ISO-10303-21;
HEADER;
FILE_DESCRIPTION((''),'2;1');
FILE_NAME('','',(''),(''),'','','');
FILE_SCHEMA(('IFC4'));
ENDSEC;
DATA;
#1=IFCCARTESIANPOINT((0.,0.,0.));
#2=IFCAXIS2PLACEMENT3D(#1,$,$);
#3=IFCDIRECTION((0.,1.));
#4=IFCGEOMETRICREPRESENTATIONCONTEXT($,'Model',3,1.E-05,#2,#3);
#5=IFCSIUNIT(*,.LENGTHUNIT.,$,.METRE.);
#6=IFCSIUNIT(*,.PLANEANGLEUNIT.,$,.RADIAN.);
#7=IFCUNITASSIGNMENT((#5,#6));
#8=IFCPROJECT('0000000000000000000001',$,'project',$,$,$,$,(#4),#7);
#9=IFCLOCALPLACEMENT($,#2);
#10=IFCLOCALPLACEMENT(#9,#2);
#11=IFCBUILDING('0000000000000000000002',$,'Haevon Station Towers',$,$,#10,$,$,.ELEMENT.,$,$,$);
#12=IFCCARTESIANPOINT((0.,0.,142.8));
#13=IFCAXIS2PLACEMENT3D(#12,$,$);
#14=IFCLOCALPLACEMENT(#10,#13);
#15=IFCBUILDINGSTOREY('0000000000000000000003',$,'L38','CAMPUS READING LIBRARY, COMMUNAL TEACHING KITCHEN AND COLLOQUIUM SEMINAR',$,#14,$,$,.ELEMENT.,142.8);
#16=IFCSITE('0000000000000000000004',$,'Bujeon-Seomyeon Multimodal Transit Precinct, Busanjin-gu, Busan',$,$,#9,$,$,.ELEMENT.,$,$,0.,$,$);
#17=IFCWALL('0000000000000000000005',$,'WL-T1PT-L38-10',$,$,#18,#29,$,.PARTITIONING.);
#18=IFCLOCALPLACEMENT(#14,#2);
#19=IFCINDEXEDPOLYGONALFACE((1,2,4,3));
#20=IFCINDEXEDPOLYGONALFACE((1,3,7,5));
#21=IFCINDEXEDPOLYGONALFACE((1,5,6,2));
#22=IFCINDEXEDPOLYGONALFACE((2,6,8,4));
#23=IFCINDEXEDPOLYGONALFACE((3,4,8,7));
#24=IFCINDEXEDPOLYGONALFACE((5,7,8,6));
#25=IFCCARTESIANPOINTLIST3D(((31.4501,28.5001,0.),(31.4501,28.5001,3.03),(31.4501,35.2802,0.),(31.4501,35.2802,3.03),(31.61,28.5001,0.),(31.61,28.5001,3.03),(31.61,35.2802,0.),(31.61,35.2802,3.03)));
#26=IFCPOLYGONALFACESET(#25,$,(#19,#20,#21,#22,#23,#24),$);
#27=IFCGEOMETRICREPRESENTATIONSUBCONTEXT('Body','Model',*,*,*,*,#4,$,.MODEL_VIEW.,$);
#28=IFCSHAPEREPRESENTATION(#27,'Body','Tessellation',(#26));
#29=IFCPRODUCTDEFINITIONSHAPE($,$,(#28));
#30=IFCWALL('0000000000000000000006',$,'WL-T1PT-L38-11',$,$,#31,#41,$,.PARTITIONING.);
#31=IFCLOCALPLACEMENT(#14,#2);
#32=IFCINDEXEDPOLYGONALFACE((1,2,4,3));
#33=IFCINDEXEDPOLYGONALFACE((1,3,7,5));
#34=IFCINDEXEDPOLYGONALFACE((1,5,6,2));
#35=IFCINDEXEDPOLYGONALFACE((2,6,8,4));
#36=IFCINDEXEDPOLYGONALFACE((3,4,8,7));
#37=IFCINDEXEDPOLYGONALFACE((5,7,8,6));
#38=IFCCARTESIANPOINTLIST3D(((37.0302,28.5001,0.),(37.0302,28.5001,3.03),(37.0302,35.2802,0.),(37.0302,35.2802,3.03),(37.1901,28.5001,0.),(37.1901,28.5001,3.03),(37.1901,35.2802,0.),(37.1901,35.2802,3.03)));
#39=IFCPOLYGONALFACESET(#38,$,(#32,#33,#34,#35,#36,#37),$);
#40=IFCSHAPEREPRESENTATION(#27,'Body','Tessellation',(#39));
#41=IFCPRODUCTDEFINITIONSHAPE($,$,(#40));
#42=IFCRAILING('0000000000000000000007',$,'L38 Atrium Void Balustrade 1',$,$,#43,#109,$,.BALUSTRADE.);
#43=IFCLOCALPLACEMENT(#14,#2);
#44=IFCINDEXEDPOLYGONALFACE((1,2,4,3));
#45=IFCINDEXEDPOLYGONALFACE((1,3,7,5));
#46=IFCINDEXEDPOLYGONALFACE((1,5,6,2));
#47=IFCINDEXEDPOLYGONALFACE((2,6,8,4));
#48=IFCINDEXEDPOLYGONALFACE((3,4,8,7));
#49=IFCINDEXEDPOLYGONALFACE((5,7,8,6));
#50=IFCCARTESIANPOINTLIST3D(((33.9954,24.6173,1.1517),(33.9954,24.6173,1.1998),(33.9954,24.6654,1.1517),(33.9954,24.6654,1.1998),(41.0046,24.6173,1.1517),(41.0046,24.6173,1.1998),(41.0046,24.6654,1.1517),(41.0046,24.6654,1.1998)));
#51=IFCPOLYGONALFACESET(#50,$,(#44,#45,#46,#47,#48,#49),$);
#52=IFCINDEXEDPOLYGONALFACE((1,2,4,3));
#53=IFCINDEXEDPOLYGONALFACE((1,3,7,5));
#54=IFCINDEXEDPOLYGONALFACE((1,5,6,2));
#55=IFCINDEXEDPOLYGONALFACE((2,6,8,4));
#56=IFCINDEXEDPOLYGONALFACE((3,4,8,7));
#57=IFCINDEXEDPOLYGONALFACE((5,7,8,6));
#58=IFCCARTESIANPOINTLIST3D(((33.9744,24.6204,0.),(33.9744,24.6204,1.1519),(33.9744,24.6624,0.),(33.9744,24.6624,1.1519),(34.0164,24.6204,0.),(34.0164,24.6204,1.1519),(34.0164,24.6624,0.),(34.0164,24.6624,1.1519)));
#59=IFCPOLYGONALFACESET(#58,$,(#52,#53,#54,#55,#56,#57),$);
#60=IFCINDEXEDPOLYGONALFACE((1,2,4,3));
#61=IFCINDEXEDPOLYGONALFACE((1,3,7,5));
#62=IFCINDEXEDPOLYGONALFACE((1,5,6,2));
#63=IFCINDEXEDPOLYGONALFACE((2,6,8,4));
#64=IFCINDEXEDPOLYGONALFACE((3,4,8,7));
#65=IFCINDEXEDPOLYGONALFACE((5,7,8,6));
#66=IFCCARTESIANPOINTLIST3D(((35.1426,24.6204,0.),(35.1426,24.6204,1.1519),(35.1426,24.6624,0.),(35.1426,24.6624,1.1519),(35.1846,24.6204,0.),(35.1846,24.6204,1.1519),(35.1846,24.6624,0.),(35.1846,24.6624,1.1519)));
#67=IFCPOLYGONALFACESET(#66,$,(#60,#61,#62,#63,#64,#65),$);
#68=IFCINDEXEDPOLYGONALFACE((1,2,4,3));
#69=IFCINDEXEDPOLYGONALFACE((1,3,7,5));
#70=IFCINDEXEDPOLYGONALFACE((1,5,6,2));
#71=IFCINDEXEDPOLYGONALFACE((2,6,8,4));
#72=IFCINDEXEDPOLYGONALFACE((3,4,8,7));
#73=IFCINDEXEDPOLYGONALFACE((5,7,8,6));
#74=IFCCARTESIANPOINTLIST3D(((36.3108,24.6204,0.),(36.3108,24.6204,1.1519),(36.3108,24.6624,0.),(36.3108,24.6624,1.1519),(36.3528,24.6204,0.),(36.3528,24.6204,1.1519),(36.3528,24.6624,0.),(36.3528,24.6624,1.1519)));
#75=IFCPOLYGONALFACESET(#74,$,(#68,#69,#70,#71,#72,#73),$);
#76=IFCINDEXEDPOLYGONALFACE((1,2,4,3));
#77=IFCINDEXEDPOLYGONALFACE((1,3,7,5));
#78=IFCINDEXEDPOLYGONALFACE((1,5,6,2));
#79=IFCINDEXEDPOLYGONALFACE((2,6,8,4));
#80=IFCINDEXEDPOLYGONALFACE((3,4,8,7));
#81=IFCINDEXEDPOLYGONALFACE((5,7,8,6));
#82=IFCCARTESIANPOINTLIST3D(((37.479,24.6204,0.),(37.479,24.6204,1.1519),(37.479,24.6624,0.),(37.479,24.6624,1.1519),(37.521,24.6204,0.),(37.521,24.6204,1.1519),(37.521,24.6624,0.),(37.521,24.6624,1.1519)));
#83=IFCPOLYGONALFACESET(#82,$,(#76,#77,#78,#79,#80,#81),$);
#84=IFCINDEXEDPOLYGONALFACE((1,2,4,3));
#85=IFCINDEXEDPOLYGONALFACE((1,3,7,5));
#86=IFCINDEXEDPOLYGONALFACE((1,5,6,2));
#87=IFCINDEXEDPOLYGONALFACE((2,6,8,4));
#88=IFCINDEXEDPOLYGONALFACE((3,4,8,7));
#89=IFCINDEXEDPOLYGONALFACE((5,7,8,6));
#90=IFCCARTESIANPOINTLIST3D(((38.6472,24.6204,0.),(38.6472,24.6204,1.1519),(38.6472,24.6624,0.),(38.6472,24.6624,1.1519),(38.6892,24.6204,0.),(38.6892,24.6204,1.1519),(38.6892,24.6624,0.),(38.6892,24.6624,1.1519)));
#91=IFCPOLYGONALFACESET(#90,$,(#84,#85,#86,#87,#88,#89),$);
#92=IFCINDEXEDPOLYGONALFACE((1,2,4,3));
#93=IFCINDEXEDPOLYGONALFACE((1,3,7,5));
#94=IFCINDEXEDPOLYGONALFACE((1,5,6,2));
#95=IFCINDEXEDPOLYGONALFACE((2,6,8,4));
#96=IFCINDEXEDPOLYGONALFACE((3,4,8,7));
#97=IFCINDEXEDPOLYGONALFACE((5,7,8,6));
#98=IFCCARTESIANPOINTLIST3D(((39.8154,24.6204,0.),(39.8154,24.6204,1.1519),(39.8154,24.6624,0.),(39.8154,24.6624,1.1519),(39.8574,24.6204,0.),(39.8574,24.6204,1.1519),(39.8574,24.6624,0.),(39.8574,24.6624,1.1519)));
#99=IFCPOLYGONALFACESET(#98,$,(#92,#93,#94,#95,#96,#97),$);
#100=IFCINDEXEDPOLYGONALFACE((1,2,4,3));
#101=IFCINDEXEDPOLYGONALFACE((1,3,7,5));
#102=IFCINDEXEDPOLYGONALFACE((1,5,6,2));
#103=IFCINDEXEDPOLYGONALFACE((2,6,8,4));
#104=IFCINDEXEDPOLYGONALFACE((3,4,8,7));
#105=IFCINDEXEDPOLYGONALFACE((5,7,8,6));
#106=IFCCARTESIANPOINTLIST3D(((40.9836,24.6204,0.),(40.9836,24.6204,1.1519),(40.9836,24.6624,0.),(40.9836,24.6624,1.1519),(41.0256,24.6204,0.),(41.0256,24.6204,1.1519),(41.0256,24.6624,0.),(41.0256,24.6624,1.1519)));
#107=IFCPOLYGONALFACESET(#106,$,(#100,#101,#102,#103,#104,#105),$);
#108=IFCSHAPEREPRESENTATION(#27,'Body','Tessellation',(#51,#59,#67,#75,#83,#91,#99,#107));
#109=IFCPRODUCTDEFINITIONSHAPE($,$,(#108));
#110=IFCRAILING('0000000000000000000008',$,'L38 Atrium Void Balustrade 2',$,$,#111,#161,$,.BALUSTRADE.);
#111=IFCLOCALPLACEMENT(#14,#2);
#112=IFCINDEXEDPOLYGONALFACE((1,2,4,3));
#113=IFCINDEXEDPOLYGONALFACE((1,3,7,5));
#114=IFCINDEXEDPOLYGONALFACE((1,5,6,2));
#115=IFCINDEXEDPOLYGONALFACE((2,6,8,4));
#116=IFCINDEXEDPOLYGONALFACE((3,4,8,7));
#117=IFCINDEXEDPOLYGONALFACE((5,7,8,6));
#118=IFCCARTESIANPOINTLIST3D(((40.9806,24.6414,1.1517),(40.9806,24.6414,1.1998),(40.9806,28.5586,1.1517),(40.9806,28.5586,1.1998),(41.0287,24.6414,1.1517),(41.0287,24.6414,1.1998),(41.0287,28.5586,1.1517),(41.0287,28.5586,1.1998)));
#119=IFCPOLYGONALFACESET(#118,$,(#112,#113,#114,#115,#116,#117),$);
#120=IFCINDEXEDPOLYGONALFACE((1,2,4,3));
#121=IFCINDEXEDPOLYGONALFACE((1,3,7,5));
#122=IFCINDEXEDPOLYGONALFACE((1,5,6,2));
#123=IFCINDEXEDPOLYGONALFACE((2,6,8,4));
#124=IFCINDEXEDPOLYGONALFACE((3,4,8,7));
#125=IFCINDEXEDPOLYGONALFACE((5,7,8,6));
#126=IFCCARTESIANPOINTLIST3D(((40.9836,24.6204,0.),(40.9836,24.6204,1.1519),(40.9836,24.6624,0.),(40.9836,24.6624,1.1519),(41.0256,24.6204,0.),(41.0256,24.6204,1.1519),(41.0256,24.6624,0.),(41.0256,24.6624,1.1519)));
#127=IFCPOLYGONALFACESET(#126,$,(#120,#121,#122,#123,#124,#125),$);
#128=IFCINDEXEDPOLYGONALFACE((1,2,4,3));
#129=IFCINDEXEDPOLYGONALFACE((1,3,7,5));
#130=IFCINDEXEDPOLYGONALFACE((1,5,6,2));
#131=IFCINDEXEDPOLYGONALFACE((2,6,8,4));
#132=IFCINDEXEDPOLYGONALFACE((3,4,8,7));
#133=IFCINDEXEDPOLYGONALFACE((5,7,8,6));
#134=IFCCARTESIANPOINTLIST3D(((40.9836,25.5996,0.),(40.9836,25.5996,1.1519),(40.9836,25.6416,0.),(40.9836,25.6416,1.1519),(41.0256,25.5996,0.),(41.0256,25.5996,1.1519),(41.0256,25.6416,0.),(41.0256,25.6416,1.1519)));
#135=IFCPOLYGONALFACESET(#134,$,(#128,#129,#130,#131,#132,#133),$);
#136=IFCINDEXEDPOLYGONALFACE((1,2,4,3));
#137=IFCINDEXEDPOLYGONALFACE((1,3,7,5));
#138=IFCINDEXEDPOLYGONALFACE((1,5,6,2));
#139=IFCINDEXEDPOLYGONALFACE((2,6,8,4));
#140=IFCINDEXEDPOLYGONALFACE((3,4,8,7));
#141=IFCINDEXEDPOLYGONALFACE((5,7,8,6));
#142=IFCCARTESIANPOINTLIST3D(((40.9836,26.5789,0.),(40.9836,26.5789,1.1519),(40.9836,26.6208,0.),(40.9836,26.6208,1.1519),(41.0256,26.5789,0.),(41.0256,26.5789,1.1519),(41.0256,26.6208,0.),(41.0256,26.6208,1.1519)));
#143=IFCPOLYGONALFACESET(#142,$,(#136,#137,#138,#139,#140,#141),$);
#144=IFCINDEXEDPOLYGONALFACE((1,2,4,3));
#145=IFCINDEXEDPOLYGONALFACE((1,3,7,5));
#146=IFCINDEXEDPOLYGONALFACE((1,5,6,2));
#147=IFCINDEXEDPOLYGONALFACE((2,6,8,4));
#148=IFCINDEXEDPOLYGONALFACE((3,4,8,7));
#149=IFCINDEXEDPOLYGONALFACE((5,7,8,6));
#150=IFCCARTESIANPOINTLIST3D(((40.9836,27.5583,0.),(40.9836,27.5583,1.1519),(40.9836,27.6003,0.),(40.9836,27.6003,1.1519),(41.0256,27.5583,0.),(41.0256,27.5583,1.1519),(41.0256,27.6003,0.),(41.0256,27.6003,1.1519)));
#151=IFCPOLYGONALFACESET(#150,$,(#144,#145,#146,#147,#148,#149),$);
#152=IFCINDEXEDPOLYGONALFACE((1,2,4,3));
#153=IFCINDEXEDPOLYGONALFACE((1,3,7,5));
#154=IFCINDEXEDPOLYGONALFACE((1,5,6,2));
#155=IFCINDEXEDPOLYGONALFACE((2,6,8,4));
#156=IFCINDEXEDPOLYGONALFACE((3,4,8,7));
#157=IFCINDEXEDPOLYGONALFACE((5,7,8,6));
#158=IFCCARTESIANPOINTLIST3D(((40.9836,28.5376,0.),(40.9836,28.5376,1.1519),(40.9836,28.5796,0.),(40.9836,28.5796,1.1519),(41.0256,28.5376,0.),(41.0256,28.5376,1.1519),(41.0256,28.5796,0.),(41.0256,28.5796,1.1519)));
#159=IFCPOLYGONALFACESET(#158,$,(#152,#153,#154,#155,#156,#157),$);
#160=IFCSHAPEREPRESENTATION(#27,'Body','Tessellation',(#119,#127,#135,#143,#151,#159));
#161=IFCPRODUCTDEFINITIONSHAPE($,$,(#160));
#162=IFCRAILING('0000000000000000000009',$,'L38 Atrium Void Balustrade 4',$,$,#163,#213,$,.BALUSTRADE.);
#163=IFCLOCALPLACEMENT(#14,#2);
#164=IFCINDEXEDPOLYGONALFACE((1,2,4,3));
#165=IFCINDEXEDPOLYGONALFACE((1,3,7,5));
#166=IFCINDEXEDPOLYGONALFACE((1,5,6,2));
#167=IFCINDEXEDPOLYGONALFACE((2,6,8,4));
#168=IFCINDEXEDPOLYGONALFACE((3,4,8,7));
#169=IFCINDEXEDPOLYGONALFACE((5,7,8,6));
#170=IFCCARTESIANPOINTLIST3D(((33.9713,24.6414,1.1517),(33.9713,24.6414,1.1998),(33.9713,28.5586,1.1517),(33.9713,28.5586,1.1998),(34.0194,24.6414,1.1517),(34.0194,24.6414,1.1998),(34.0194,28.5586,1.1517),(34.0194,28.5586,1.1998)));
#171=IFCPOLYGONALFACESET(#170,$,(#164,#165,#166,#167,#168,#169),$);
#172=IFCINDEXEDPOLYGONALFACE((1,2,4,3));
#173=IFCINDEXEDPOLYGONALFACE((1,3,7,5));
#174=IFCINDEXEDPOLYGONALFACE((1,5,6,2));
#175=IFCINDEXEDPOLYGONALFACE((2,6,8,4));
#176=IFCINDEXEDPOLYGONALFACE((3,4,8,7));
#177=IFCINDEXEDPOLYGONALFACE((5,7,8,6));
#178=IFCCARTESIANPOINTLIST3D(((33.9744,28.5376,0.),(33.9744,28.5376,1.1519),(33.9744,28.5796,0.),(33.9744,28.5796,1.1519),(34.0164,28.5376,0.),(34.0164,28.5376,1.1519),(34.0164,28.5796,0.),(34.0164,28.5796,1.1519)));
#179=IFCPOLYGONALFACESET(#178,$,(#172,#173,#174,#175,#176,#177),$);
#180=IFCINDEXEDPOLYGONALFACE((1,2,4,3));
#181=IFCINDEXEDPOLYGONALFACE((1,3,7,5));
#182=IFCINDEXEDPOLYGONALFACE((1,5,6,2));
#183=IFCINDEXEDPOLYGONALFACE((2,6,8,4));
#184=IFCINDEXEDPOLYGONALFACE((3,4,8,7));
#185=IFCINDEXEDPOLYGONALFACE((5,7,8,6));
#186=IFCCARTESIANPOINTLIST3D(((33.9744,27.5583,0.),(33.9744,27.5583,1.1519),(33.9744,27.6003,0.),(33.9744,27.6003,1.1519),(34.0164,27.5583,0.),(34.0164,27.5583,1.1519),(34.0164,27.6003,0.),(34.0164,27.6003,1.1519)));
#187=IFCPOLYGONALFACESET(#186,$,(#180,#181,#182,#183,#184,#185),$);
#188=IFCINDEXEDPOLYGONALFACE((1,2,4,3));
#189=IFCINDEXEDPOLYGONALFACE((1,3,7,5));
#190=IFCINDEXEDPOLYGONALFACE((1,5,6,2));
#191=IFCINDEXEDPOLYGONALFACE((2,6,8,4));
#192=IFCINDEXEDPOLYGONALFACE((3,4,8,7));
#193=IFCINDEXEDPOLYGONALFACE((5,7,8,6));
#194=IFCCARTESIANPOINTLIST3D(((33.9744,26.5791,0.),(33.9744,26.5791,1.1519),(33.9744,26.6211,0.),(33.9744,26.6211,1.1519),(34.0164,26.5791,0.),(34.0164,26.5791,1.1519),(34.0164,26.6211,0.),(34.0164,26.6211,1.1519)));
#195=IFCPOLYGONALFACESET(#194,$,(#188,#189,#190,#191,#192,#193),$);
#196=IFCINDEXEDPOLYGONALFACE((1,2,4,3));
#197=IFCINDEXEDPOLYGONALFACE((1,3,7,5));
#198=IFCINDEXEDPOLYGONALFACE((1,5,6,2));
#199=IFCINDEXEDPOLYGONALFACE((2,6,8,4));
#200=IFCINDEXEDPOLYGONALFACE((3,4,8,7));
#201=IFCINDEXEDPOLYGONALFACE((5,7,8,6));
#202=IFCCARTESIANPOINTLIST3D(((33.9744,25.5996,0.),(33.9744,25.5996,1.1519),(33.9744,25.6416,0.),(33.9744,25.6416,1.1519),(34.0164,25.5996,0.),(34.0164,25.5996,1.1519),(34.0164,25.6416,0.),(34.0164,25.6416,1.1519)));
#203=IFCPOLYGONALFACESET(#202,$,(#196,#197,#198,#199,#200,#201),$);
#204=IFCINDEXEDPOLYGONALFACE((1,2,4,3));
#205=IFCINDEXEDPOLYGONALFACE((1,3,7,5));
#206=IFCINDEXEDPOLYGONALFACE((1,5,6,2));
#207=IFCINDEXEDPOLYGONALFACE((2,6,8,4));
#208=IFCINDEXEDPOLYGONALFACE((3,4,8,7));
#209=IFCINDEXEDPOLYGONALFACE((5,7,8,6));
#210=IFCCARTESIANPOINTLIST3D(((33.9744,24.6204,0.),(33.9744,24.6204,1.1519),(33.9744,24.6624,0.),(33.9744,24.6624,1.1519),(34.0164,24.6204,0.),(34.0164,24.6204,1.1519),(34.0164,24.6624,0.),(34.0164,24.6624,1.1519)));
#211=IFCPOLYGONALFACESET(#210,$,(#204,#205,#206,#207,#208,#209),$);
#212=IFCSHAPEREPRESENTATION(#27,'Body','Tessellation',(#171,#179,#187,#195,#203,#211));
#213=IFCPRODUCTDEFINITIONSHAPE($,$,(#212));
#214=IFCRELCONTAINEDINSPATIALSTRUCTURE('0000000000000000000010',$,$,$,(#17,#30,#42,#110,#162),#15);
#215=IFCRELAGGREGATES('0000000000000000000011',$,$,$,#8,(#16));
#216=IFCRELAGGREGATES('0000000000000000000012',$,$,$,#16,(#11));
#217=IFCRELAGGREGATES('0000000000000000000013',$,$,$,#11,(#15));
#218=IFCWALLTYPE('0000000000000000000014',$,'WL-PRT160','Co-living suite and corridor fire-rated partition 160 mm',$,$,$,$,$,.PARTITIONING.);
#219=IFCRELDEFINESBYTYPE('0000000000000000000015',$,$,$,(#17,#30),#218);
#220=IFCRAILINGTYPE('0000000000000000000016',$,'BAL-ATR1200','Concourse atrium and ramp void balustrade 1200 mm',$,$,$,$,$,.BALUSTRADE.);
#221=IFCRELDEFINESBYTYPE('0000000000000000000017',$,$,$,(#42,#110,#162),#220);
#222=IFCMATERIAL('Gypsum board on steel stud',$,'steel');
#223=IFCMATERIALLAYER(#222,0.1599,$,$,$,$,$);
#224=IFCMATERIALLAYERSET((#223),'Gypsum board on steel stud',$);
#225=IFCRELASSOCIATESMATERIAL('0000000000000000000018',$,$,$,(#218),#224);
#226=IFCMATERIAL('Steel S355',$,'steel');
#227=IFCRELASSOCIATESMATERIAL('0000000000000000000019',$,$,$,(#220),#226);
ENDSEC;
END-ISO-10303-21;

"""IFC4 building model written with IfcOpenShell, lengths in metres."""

from ifc_helpers import new_model, si_unit, direction, frame, frame_2d, origin, origin_2d, place, context, subcontext, project, spatial, rectangle, extrude, material, layer, layer_set, type_object, element, save


model = new_model("IFC4")

# Units and contexts
model_context = context("Model", 3, precision=1e-05, world=origin(), true_north=direction((0.0, 1.0)))
body_context = subcontext(model_context, "Body", "Model", "MODEL_VIEW")
ifc_project = project(units=[si_unit("LENGTHUNIT", "METRE"), si_unit("PLANEANGLEUNIT", "RADIAN")], contexts=[model_context])

# Site, building, storey
site_placement = place(None, origin())
site = spatial("IfcSite", under=ifc_project, at=site_placement, Name="Bujeon-Seomyeon Multimodal Transit Precinct, Busanjin-gu, Busan", CompositionType="ELEMENT", RefElevation=0.0)
building_placement = place(site_placement, origin())
building = spatial("IfcBuilding", under=site, at=building_placement, Name="Haevon Station Towers", CompositionType="ELEMENT")
storey_placement = place(building_placement, frame((0.0, 0.0, 142.8)))
storey = spatial("IfcBuildingStorey", under=building, at=storey_placement, Name="L38", Description="CAMPUS READING LIBRARY, COMMUNAL TEACHING KITCHEN AND COLLOQUIUM SEMINAR", CompositionType="ELEMENT", Elevation=142.8)

# Shared definitions
ifc_material_1 = material(Name="Steel S355", Category="steel")

# Shared definitions
ifc_material_2 = material(Name="Gypsum board on steel stud", Category="steel")

# Walls
ifc_layer_1 = layer(ifc_material_2, 0.1599)
ifc_layer_set_1 = layer_set([ifc_layer_1], Name="Gypsum board on steel stud")
wall_type_1 = type_object("IfcWallType", Name="WL-PRT160", Description="Co-living suite and corridor fire-rated partition 160 mm", PredefinedType="PARTITIONING", material=ifc_layer_set_1)
for number, where, z_axis, x_axis, name in (
    (1, (31.53, 28.5, 0.0), (0.0, 0.0, 1.0), (0.0, 1.0, 0.0), "WL-T1PT-L38-10"),
    (2, (37.1101, 28.5, 0.0), (0.0, 0.0, 1.0), (0.0, 1.0, 0.0), "WL-T1PT-L38-11"),
):
    element("IfcWall", number, at=place(storey_placement, frame(where, z_axis=z_axis, x_axis=x_axis)), inside=storey, type_object=wall_type_1, Name=name, PredefinedType="PARTITIONING", context=body_context, shape_type="SweptSolid", body=[
        extrude(rectangle(XDim=6.78, YDim=0.1599, at=frame_2d((3.3901, 0.0))), origin(), (0.0, 0.0, 1.0), 3.03),
    ])

# Railings
railing_type = type_object("IfcRailingType", Name="BAL-ATR1200", Description="Concourse atrium and ramp void balustrade 1200 mm", PredefinedType="BALUSTRADE", material=ifc_material_1)
railing_1_placement = place(storey_placement, frame((33.9954, 24.6414, 0.0)))
element("IfcRailing", 3, at=railing_1_placement, inside=storey, type_object=railing_type, Name="L38 Atrium Void Balustrade 1", PredefinedType="BALUSTRADE", context=body_context, shape_type="SweptSolid", body=[
    extrude(rectangle(XDim=0.0481, YDim=0.0481, at=origin_2d()), frame((0.0, 0.0, 1.1758), z_axis=(1.0, 0.0, 0.0), x_axis=(0.0, 1.0, 0.0)), (0.0, 0.0, 1.0), 7.0093),
    extrude(rectangle(XDim=0.042, YDim=0.042, at=origin_2d()), origin(), (0.0, 0.0, 1.0), 1.1519),
    extrude(rectangle(XDim=0.042, YDim=0.042, at=origin_2d()), frame((1.1682, 0.0, 0.0)), (0.0, 0.0, 1.0), 1.1519),
    extrude(rectangle(XDim=0.042, YDim=0.042, at=origin_2d()), frame((2.3364, 0.0, 0.0)), (0.0, 0.0, 1.0), 1.1519),
    extrude(rectangle(XDim=0.042, YDim=0.042, at=origin_2d()), frame((3.5046, 0.0, 0.0)), (0.0, 0.0, 1.0), 1.1519),
    extrude(rectangle(XDim=0.042, YDim=0.042, at=origin_2d()), frame((4.6729, 0.0, 0.0)), (0.0, 0.0, 1.0), 1.1519),
    extrude(rectangle(XDim=0.042, YDim=0.042, at=origin_2d()), frame((5.8411, 0.0, 0.0)), (0.0, 0.0, 1.0), 1.1519),
    extrude(rectangle(XDim=0.042, YDim=0.042, at=origin_2d()), frame((7.0093, 0.0, 0.0)), (0.0, 0.0, 1.0), 1.1519),
])
railing_2_placement = place(storey_placement, frame((41.0046, 24.6414, 0.0)))
element("IfcRailing", 4, at=railing_2_placement, inside=storey, type_object=railing_type, Name="L38 Atrium Void Balustrade 2", PredefinedType="BALUSTRADE", context=body_context, shape_type="SweptSolid", body=[
    extrude(rectangle(XDim=0.0481, YDim=0.0481, at=origin_2d()), frame((0.0, 0.0, 1.1758), z_axis=(0.0, 1.0, 0.0), x_axis=(-1.0, 0.0, 0.0)), (0.0, 0.0, 1.0), 3.9172),
    extrude(rectangle(XDim=0.042, YDim=0.042, at=origin_2d()), origin(), (0.0, 0.0, 1.0), 1.1519),
    extrude(rectangle(XDim=0.042, YDim=0.042, at=origin_2d()), frame((0.0, 0.9792, 0.0)), (0.0, 0.0, 1.0), 1.1519),
    extrude(rectangle(XDim=0.042, YDim=0.042, at=origin_2d()), frame((0.0, 1.9585, 0.0)), (0.0, 0.0, 1.0), 1.1519),
    extrude(rectangle(XDim=0.042, YDim=0.042, at=origin_2d()), frame((0.0, 2.938, 0.0)), (0.0, 0.0, 1.0), 1.1519),
    extrude(rectangle(XDim=0.042, YDim=0.042, at=origin_2d()), frame((0.0, 3.9172, 0.0)), (0.0, 0.0, 1.0), 1.1519),
])
railing_3_placement = place(storey_placement, frame((33.9954, 28.5586, 0.0)))
element("IfcRailing", 5, at=railing_3_placement, inside=storey, type_object=railing_type, Name="L38 Atrium Void Balustrade 4", PredefinedType="BALUSTRADE", context=body_context, shape_type="SweptSolid", body=[
    extrude(rectangle(XDim=0.0481, YDim=0.0481, at=origin_2d()), frame((0.0, 0.0, 1.1758), z_axis=(0.0, -1.0, 0.0), x_axis=(1.0, 0.0, 0.0)), (0.0, 0.0, 1.0), 3.9172),
    extrude(rectangle(XDim=0.042, YDim=0.042, at=origin_2d()), origin(), (0.0, 0.0, 1.0), 1.1519),
    extrude(rectangle(XDim=0.042, YDim=0.042, at=origin_2d()), frame((0.0, -0.9792, 0.0)), (0.0, 0.0, 1.0), 1.1519),
    extrude(rectangle(XDim=0.042, YDim=0.042, at=origin_2d()), frame((0.0, -1.9585, 0.0)), (0.0, 0.0, 1.0), 1.1519),
    extrude(rectangle(XDim=0.042, YDim=0.042, at=origin_2d()), frame((0.0, -2.938, 0.0)), (0.0, 0.0, 1.0), 1.1519),
    extrude(rectangle(XDim=0.042, YDim=0.042, at=origin_2d()), frame((0.0, -3.9172, 0.0)), (0.0, 0.0, 1.0), 1.1519),
])

save(model, "model.ifc")
